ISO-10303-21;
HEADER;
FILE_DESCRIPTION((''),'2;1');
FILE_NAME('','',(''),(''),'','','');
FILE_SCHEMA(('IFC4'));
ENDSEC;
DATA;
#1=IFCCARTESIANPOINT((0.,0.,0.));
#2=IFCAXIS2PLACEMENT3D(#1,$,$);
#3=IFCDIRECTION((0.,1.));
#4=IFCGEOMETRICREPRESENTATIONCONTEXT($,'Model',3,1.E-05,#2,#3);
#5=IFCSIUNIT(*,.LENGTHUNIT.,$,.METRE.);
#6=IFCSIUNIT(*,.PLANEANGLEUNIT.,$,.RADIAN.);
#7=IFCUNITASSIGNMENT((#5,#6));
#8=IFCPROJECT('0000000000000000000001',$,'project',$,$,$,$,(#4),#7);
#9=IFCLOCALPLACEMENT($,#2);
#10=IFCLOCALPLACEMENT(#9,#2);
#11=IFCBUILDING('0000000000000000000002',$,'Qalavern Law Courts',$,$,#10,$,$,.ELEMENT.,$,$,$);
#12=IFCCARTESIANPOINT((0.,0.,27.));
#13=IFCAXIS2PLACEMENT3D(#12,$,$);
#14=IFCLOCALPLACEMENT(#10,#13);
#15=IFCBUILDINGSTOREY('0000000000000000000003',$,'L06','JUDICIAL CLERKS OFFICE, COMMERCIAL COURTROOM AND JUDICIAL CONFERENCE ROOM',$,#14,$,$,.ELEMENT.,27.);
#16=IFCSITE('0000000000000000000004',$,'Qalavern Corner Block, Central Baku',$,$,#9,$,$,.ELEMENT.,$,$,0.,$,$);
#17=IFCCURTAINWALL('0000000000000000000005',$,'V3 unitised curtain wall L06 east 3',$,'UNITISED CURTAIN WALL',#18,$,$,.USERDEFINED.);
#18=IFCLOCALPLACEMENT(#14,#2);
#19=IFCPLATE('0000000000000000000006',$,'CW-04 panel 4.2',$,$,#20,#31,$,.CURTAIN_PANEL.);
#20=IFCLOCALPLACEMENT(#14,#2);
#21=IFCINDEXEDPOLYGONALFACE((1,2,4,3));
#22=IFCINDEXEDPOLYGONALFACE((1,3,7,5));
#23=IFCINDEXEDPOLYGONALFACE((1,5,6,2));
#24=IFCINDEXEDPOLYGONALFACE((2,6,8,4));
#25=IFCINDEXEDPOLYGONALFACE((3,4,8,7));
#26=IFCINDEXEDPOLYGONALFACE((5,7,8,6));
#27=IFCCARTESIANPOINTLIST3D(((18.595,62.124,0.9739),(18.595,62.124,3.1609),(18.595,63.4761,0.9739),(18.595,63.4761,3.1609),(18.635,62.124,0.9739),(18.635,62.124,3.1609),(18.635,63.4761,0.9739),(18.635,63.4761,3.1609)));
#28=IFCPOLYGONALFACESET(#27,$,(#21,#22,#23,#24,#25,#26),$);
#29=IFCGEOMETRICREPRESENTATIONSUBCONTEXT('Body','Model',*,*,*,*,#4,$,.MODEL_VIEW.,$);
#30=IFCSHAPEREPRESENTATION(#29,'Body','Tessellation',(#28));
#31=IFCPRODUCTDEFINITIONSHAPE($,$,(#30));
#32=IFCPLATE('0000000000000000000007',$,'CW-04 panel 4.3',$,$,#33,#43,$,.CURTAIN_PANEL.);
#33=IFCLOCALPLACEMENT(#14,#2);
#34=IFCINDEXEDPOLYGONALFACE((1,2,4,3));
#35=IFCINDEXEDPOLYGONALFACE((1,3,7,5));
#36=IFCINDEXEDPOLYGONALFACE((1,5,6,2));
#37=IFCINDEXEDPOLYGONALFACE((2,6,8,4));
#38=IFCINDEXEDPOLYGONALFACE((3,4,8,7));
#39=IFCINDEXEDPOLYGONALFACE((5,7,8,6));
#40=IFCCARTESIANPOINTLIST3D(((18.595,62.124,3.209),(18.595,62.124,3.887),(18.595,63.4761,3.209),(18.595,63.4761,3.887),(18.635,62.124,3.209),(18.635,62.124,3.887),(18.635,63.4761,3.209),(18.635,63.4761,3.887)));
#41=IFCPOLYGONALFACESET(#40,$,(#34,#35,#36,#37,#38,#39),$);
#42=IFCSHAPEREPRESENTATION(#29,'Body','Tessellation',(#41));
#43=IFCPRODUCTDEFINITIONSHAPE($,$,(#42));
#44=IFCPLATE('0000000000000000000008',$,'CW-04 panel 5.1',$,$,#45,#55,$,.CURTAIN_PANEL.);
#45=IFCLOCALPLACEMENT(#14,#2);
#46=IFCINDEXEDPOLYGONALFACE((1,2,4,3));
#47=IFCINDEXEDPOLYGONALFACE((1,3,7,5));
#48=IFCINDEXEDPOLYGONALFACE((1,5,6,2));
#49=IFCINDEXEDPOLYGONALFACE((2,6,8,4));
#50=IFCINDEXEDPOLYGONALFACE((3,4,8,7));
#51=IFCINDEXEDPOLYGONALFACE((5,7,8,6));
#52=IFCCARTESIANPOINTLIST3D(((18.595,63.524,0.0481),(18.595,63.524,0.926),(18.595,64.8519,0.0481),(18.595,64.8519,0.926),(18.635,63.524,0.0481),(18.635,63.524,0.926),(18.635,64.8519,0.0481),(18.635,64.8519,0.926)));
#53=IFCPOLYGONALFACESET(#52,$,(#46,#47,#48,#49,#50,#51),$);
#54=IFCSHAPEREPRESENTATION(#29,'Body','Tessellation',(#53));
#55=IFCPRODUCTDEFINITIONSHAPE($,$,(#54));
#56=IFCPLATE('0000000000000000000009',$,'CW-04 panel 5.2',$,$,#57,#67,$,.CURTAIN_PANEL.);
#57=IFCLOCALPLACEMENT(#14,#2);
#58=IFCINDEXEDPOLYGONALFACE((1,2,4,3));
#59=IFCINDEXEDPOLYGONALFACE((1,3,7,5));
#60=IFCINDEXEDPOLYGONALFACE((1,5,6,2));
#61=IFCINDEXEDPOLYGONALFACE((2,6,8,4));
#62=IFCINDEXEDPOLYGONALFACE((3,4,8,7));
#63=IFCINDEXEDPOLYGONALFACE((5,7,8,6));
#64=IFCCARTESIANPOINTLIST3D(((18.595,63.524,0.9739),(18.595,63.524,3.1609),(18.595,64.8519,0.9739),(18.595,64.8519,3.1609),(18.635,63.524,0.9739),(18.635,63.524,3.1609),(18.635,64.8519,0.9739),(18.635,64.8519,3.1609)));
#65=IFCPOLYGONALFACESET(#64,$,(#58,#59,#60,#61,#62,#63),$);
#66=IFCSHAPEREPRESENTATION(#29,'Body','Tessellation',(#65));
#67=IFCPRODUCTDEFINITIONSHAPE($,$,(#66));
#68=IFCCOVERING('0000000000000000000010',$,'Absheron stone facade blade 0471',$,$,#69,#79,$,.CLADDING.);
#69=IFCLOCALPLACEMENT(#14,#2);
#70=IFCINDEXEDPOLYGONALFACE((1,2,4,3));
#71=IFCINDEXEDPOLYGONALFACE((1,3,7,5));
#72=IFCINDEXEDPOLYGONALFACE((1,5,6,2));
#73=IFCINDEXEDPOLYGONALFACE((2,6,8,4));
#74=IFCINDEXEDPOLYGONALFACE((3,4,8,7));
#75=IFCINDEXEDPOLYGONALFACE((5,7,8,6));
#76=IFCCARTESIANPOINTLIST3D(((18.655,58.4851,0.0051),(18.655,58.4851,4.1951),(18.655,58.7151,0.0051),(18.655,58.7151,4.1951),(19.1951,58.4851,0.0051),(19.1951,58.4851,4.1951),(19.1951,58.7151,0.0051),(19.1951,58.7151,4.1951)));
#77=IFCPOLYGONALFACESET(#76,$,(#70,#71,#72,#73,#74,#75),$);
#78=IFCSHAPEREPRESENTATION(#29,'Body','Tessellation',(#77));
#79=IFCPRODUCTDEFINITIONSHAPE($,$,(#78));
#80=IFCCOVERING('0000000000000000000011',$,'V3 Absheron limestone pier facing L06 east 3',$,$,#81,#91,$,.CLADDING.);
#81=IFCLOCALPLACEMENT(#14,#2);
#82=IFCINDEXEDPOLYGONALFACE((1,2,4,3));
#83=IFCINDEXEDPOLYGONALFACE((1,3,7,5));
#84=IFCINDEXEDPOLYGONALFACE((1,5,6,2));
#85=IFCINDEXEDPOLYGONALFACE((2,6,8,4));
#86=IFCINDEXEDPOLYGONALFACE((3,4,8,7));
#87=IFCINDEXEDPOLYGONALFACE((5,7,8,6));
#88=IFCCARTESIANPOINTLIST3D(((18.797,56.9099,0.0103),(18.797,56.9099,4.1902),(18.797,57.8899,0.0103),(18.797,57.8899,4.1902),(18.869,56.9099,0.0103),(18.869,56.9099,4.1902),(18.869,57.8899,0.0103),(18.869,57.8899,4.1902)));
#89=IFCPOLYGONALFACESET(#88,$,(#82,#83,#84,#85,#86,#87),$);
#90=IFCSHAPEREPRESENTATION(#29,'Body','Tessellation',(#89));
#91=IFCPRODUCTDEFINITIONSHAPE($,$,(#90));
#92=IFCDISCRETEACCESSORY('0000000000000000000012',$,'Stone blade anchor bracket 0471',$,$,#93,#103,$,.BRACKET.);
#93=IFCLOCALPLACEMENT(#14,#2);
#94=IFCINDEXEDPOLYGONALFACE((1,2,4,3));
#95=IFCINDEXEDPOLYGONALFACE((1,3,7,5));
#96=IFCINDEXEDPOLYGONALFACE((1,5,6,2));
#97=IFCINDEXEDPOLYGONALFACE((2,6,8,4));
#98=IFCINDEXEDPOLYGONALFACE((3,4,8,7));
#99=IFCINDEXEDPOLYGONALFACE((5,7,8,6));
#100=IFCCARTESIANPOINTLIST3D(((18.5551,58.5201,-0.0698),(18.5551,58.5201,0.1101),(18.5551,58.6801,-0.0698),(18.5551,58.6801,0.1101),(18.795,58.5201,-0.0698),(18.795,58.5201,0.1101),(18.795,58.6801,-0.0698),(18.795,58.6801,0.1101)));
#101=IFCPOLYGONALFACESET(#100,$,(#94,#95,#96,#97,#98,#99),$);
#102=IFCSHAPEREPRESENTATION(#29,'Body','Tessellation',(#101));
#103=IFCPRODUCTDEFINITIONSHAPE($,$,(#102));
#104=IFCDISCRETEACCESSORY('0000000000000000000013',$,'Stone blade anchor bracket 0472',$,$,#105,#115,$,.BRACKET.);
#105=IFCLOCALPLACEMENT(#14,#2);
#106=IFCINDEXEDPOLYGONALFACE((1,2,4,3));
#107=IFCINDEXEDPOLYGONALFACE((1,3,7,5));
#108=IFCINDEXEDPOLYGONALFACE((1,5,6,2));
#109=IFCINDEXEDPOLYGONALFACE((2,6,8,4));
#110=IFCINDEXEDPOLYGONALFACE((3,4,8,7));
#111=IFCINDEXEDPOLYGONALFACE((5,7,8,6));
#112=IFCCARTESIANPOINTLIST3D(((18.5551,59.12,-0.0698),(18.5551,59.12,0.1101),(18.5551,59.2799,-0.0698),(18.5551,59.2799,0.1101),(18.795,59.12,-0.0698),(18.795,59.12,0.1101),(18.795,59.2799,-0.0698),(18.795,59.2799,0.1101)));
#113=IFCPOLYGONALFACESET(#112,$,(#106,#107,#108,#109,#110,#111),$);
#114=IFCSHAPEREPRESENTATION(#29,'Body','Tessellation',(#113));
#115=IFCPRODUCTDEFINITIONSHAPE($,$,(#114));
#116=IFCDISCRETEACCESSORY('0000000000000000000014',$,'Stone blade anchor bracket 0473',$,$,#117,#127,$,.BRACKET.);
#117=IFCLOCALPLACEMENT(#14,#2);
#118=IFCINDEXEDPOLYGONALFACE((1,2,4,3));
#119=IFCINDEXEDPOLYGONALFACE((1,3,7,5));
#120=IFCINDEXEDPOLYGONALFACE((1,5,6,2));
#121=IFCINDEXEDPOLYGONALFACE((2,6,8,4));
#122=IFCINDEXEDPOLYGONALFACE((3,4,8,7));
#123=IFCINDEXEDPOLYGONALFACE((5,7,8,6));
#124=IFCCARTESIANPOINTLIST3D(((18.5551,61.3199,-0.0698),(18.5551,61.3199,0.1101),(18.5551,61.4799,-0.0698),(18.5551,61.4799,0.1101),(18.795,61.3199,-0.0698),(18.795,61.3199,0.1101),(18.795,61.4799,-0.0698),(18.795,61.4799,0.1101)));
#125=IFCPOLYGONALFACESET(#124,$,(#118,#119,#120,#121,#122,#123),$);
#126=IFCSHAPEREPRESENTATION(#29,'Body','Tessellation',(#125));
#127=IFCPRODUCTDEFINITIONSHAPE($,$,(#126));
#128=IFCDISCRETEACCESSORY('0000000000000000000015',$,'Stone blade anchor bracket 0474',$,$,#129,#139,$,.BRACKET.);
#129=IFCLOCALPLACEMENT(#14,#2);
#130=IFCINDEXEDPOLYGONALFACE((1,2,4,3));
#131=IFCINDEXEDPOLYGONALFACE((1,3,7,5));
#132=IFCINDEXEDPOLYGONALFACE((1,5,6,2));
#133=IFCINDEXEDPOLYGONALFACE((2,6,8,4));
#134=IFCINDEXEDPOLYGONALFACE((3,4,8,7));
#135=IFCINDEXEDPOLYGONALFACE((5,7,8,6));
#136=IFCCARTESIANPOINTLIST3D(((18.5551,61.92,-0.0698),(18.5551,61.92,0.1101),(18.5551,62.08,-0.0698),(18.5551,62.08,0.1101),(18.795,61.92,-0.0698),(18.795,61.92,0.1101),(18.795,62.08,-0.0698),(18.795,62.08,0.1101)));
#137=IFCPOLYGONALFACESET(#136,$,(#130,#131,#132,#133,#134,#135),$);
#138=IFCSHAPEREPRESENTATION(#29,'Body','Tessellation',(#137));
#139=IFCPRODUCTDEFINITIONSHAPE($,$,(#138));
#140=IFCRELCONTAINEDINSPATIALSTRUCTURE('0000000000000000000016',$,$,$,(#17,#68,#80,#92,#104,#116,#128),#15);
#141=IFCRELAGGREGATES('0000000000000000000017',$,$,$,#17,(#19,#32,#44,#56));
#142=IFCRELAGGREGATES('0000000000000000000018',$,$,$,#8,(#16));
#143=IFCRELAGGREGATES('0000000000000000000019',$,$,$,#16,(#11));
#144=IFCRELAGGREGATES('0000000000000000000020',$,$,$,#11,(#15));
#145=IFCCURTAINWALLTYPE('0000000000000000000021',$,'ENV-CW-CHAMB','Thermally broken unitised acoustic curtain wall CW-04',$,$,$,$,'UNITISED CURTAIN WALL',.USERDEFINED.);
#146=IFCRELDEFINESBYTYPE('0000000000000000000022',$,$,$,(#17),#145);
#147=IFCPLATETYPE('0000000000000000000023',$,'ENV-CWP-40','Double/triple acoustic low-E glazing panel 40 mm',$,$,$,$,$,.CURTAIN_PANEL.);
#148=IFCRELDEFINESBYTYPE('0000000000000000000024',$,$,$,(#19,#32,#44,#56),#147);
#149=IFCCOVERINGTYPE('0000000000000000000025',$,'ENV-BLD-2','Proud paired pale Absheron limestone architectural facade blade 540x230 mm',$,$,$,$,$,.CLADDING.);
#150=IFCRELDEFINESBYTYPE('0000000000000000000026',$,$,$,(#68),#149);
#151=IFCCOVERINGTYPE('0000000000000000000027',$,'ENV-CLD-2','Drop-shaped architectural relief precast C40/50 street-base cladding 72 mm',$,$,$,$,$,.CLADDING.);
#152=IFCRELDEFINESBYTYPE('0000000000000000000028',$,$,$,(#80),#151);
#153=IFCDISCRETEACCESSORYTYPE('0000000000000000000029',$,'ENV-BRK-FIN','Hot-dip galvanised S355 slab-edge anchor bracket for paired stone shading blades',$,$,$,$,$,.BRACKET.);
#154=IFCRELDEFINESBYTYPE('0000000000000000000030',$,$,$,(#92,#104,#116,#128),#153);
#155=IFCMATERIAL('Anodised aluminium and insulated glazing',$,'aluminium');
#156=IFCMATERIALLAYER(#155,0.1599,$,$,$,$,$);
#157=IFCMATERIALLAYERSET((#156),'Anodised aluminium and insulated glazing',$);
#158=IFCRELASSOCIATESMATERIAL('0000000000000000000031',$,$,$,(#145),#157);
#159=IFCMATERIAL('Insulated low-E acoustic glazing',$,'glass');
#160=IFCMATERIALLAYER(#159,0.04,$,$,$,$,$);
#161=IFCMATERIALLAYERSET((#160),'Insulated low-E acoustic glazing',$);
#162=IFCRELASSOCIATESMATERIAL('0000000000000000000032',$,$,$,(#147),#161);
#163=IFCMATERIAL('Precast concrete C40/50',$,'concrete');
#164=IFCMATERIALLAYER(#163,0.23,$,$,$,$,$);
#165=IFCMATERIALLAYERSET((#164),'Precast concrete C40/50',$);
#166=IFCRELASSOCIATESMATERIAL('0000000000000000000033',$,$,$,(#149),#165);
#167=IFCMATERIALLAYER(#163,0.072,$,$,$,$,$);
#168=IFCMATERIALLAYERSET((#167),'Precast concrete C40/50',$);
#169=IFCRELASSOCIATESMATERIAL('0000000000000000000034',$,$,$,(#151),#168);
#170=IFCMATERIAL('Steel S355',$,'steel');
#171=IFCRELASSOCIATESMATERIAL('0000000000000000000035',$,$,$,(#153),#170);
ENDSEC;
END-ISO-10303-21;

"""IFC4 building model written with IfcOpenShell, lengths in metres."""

from ifc_helpers import new_model, si_unit, direction, frame, origin, origin_2d, place, context, subcontext, project, spatial, rectangle, extrude, material, layer, layer_set, type_object, element, aggregate, save


model = new_model("IFC4")

# Units and contexts
model_context = context("Model", 3, precision=1e-05, world=origin(), true_north=direction((0.0, 1.0)))
body_context = subcontext(model_context, "Body", "Model", "MODEL_VIEW")
ifc_project = project(units=[si_unit("LENGTHUNIT", "METRE"), si_unit("PLANEANGLEUNIT", "RADIAN")], contexts=[model_context])

# Site, building, storey
site_placement = place(None, origin())
site = spatial("IfcSite", under=ifc_project, at=site_placement, Name="Qalavern Corner Block, Central Baku", CompositionType="ELEMENT", RefElevation=0.0)
building_placement = place(site_placement, origin())
building = spatial("IfcBuilding", under=site, at=building_placement, Name="Qalavern Law Courts", CompositionType="ELEMENT")
storey_placement = place(building_placement, frame((0.0, 0.0, 27.0)))
storey = spatial("IfcBuildingStorey", under=building, at=storey_placement, Name="L06", Description="JUDICIAL CLERKS OFFICE, COMMERCIAL COURTROOM AND JUDICIAL CONFERENCE ROOM", CompositionType="ELEMENT", Elevation=27.0)

# Curtain wall, plates
ifc_material_1 = material(Name="Anodised aluminium and insulated glazing", Category="aluminium")
ifc_layer_1 = layer(ifc_material_1, 0.1599)
ifc_layer_set_1 = layer_set([ifc_layer_1], Name="Anodised aluminium and insulated glazing")
curtain_wall_type = type_object("IfcCurtainWallType", Name="ENV-CW-CHAMB", Description="Thermally broken unitised acoustic curtain wall CW-04", ElementType="UNITISED CURTAIN WALL", PredefinedType="USERDEFINED", material=ifc_layer_set_1)
curtain_wall_placement = place(storey_placement, origin())
curtain_wall = element("IfcCurtainWall", 1, at=curtain_wall_placement, inside=storey, type_object=curtain_wall_type, Name="V3 unitised curtain wall L06 east 3", ObjectType="UNITISED CURTAIN WALL", PredefinedType="USERDEFINED")
ifc_material_2 = material(Name="Insulated low-E acoustic glazing", Category="glass")
ifc_layer_2 = layer(ifc_material_2, 0.04)
ifc_layer_set_2 = layer_set([ifc_layer_2], Name="Insulated low-E acoustic glazing")
plate_type = type_object("IfcPlateType", Name="ENV-CWP-40", Description="Double/triple acoustic low-E glazing panel 40 mm", PredefinedType="CURTAIN_PANEL", material=ifc_layer_set_2)
plate_1_placement = place(storey_placement, frame((18.615, 62.8, 0.9739), z_axis=(0.0, 0.0, 1.0), x_axis=(0.0, 1.0, 0.0)))
plate_1 = element("IfcPlate", 2, at=plate_1_placement, type_object=plate_type, Name="CW-04 panel 4.2", PredefinedType="CURTAIN_PANEL", context=body_context, shape_type="SweptSolid", body=[
    extrude(rectangle(XDim=1.3521, YDim=0.04, at=origin_2d()), origin(), (0.0, 0.0, 1.0), 2.187),
])
plate_2_placement = place(storey_placement, frame((18.615, 62.8, 3.209), z_axis=(0.0, 0.0, 1.0), x_axis=(0.0, 1.0, 0.0)))
plate_2 = element("IfcPlate", 3, at=plate_2_placement, type_object=plate_type, Name="CW-04 panel 4.3", PredefinedType="CURTAIN_PANEL", context=body_context, shape_type="SweptSolid", body=[
    extrude(rectangle(XDim=1.3521, YDim=0.04, at=origin_2d()), origin(), (0.0, 0.0, 1.0), 0.678),
])
plate_3_placement = place(storey_placement, frame((18.615, 64.188, 0.0481), z_axis=(0.0, 0.0, 1.0), x_axis=(0.0, 1.0, 0.0)))
plate_3 = element("IfcPlate", 4, at=plate_3_placement, type_object=plate_type, Name="CW-04 panel 5.1", PredefinedType="CURTAIN_PANEL", context=body_context, shape_type="SweptSolid", body=[
    extrude(rectangle(XDim=1.3279, YDim=0.04, at=origin_2d()), origin(), (0.0, 0.0, 1.0), 0.8779),
])
plate_4_placement = place(storey_placement, frame((18.615, 64.188, 0.9739), z_axis=(0.0, 0.0, 1.0), x_axis=(0.0, 1.0, 0.0)))
plate_4 = element("IfcPlate", 5, at=plate_4_placement, type_object=plate_type, Name="CW-04 panel 5.2", PredefinedType="CURTAIN_PANEL", context=body_context, shape_type="SweptSolid", body=[
    extrude(rectangle(XDim=1.3279, YDim=0.04, at=origin_2d()), origin(), (0.0, 0.0, 1.0), 2.187),
])
aggregate(curtain_wall, [plate_1, plate_2, plate_3, plate_4])

# Coverings
ifc_material_3 = material(Name="Precast concrete C40/50", Category="concrete")
ifc_layer_3 = layer(ifc_material_3, 0.23)
ifc_layer_set_3 = layer_set([ifc_layer_3], Name="Precast concrete C40/50")
covering_type_1 = type_object("IfcCoveringType", Name="ENV-BLD-2", Description="Proud paired pale Absheron limestone architectural facade blade 540x230 mm", PredefinedType="CLADDING", material=ifc_layer_set_3)
covering_1_placement = place(storey_placement, frame((18.925, 58.6001, 0.0051), z_axis=(0.0, 0.0, 1.0), x_axis=(1.0, 0.0, 0.0)))
element("IfcCovering", 6, at=covering_1_placement, inside=storey, type_object=covering_type_1, Name="Absheron stone facade blade 0471", PredefinedType="CLADDING", context=body_context, shape_type="SweptSolid", body=[
    extrude(rectangle(XDim=0.54, YDim=0.23, at=origin_2d()), origin(), (0.0, 0.0, 1.0), 4.1899),
])
ifc_layer_4 = layer(ifc_material_3, 0.072)
ifc_layer_set_4 = layer_set([ifc_layer_4], Name="Precast concrete C40/50")
covering_type_2 = type_object("IfcCoveringType", Name="ENV-CLD-2", Description="Drop-shaped architectural relief precast C40/50 street-base cladding 72 mm", PredefinedType="CLADDING", material=ifc_layer_set_4)
covering_2_placement = place(storey_placement, frame((18.833, 57.3999, 0.0103), z_axis=(0.0, 0.0, 1.0), x_axis=(0.0, 1.0, 0.0)))
element("IfcCovering", 7, at=covering_2_placement, inside=storey, type_object=covering_type_2, Name="V3 Absheron limestone pier facing L06 east 3", PredefinedType="CLADDING", context=body_context, shape_type="SweptSolid", body=[
    extrude(rectangle(XDim=0.98, YDim=0.072, at=origin_2d()), origin(), (0.0, 0.0, 1.0), 4.1799),
])

# Discrete accessories
ifc_material_4 = material(Name="Steel S355", Category="steel")
discrete_accessory_type = type_object("IfcDiscreteAccessoryType", Name="ENV-BRK-FIN", Description="Hot-dip galvanised S355 slab-edge anchor bracket for paired stone shading blades", PredefinedType="BRACKET", material=ifc_material_4)
for number, where, z_axis, x_axis, name in (
    (8, (18.675, 58.6001, -0.0698), (0.0, 0.0, 1.0), (1.0, 0.0, 0.0), "Stone blade anchor bracket 0471"),
    (9, (18.675, 59.2, -0.0698), (0.0, 0.0, 1.0), (1.0, 0.0, 0.0), "Stone blade anchor bracket 0472"),
    (10, (18.675, 61.3999, -0.0698), (0.0, 0.0, 1.0), (1.0, 0.0, 0.0), "Stone blade anchor bracket 0473"),
    (11, (18.675, 62.0, -0.0698), (0.0, 0.0, 1.0), (1.0, 0.0, 0.0), "Stone blade anchor bracket 0474"),
):
    element("IfcDiscreteAccessory", number, at=place(storey_placement, frame(where, z_axis=z_axis, x_axis=x_axis)), inside=storey, type_object=discrete_accessory_type, Name=name, PredefinedType="BRACKET", context=body_context, shape_type="SweptSolid", body=[
        extrude(rectangle(XDim=0.24, YDim=0.1599, at=origin_2d()), origin(), (0.0, 0.0, 1.0), 0.1799),
    ])

save(model, "model.ifc")
